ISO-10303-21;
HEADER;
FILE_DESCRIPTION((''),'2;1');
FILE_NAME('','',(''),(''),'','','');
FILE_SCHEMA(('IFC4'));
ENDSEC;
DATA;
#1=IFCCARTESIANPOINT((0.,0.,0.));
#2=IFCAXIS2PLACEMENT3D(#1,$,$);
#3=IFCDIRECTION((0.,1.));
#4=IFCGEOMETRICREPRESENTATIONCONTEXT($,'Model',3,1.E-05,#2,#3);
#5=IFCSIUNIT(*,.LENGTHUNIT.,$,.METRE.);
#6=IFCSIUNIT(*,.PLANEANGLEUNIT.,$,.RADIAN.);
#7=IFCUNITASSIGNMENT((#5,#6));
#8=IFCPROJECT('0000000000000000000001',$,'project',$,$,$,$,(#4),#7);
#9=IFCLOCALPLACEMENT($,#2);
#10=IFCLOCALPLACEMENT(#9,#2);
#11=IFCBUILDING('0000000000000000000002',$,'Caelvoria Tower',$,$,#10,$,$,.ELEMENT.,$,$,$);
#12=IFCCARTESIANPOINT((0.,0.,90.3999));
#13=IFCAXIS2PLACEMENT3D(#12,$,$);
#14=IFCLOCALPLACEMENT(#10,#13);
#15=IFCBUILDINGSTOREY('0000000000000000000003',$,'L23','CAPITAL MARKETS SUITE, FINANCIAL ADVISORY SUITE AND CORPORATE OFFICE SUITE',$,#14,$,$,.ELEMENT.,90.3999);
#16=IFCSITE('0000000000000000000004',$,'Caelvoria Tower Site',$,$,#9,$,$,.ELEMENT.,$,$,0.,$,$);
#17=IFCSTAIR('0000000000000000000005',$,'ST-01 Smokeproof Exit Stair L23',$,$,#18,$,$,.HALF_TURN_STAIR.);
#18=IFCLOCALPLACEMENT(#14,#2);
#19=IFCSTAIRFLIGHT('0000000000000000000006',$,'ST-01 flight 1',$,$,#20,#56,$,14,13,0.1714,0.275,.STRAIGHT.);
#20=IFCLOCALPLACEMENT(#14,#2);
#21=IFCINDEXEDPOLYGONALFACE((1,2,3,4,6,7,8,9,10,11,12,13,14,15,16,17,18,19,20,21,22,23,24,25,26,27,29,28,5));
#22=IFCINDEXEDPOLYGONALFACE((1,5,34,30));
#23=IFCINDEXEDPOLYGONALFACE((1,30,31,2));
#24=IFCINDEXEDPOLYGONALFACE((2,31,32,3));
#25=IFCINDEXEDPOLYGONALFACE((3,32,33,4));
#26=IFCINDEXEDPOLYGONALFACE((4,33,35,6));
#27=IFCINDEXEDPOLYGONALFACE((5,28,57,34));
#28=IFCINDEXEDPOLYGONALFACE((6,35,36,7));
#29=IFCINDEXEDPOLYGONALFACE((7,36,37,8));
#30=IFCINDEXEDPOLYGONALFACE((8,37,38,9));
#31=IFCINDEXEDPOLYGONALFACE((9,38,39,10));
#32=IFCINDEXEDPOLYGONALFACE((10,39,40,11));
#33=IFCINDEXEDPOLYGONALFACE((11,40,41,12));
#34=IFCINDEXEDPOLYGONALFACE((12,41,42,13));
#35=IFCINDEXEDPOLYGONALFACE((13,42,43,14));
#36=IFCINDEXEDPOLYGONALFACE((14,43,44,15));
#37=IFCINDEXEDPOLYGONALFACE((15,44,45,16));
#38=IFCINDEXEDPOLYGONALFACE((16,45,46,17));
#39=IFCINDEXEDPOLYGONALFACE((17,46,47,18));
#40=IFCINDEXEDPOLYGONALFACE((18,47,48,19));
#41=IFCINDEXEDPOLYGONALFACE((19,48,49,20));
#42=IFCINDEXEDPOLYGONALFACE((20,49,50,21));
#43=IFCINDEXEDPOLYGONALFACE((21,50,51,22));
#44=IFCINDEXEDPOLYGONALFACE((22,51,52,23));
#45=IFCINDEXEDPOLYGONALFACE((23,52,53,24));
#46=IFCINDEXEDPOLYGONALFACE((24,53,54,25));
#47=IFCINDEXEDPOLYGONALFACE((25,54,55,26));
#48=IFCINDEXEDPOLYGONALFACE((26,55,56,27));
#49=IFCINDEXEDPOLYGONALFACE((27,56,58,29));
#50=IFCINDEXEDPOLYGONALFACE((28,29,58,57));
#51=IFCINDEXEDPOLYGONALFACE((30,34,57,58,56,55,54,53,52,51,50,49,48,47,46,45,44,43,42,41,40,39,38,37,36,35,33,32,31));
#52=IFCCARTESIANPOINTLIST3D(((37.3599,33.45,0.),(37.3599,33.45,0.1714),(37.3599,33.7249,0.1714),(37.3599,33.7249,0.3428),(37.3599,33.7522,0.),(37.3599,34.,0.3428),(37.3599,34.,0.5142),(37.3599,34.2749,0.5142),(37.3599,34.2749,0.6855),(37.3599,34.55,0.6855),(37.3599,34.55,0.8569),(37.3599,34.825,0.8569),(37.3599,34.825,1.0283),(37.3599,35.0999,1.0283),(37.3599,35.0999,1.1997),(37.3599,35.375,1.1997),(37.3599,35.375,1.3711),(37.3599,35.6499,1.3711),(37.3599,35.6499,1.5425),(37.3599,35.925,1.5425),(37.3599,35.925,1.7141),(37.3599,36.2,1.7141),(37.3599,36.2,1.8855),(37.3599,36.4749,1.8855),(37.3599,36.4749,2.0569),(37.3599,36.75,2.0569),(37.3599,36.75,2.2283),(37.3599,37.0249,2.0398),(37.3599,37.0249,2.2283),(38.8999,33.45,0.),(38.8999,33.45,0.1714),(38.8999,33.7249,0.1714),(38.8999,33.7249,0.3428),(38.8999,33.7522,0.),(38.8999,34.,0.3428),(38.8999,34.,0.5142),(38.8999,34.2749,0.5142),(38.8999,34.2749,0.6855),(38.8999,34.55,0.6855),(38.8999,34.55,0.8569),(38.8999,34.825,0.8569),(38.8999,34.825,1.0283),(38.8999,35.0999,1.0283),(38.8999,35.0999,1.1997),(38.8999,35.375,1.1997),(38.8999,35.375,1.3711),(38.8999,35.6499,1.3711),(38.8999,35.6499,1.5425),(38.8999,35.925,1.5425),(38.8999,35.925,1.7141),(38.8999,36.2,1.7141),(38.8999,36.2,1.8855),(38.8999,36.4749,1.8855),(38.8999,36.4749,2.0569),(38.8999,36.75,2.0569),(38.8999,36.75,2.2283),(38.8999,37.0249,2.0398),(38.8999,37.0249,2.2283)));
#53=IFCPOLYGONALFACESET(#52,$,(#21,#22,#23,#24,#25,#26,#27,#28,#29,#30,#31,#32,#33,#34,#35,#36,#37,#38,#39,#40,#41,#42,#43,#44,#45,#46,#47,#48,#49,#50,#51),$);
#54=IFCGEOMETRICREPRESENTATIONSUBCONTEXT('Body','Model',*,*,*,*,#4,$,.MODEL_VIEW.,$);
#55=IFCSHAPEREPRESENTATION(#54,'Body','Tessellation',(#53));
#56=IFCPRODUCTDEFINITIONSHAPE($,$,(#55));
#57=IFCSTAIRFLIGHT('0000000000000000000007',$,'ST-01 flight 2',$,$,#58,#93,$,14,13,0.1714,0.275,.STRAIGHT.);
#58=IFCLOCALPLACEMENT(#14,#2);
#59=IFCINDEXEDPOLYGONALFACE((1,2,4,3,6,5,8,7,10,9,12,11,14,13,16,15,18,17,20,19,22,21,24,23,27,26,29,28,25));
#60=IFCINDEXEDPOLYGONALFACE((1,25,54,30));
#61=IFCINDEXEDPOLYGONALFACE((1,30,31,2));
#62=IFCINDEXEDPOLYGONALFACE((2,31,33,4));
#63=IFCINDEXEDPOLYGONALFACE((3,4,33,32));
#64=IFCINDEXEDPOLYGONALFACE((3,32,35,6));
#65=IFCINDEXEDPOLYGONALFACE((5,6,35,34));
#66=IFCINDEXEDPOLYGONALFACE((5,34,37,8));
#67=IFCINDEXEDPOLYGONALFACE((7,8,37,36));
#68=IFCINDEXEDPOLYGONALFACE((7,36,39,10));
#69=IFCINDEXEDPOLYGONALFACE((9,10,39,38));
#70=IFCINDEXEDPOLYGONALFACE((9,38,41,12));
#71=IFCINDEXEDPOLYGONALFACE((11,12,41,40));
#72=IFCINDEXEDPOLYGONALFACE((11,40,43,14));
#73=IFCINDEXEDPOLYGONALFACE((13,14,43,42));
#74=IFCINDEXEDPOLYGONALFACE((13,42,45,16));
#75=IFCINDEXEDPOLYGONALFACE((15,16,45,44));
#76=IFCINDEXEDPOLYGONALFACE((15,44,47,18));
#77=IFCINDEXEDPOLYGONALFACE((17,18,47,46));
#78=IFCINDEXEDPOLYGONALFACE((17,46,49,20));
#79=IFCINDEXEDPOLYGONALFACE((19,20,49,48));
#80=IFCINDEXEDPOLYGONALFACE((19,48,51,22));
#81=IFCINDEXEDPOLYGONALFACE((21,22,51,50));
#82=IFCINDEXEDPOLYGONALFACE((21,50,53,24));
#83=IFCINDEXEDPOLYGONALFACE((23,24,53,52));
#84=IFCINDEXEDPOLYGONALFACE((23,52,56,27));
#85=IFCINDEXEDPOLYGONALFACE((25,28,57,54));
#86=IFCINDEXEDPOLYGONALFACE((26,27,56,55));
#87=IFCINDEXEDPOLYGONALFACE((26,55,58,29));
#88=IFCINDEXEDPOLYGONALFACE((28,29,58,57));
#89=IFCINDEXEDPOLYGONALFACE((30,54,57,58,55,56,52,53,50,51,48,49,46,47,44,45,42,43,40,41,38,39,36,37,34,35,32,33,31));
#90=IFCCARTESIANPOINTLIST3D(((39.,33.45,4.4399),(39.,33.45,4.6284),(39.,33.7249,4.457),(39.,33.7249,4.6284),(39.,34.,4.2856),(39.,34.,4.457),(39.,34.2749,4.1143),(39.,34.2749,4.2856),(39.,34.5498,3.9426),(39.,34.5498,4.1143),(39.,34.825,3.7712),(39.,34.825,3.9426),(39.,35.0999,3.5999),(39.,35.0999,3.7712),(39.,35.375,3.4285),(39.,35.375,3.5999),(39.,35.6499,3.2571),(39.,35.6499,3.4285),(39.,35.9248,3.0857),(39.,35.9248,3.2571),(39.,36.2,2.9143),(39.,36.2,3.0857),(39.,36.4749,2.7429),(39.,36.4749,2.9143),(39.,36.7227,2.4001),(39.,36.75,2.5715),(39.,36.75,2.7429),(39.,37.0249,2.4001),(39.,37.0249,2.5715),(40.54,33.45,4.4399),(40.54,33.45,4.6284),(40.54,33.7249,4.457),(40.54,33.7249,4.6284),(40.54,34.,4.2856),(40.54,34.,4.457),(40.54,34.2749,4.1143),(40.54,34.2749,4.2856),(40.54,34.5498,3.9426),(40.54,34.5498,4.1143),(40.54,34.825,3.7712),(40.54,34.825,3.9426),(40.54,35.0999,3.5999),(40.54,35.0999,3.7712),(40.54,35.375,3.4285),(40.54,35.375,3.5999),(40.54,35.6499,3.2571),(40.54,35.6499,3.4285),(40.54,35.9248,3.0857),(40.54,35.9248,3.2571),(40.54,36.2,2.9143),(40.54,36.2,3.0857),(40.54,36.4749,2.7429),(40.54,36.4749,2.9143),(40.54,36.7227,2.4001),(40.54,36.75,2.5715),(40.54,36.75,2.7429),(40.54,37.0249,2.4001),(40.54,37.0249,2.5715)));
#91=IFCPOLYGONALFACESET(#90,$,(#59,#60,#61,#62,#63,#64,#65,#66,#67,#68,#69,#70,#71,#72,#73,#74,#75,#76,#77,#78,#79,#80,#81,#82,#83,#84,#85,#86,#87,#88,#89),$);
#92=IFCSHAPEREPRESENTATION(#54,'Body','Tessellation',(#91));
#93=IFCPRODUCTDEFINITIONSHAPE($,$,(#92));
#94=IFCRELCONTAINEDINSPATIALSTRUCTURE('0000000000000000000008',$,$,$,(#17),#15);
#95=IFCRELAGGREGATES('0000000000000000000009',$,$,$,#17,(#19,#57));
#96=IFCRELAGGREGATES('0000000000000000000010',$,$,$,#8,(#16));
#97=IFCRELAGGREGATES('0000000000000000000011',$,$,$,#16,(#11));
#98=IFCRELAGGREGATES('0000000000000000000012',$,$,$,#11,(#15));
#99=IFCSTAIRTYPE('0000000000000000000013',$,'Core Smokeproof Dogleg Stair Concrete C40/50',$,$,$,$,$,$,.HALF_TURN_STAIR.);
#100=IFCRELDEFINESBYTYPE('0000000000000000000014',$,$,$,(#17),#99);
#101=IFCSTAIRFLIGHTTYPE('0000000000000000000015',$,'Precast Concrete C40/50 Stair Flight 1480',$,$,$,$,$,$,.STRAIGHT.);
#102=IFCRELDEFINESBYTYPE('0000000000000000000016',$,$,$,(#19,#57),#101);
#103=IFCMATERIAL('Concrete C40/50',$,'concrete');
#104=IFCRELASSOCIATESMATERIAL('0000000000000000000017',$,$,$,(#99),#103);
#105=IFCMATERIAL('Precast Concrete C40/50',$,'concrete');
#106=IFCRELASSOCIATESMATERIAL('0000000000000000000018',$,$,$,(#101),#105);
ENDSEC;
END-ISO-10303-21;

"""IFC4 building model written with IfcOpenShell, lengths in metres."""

from ifc_helpers import new_model, si_unit, direction, frame, origin, place, context, subcontext, project, spatial, polyline, outline, extrude, material, type_object, element, aggregate, save


model = new_model("IFC4")

# Units and contexts
model_context = context("Model", 3, precision=1e-05, world=origin(), true_north=direction((0.0, 1.0)))
body_context = subcontext(model_context, "Body", "Model", "MODEL_VIEW")
ifc_project = project(units=[si_unit("LENGTHUNIT", "METRE"), si_unit("PLANEANGLEUNIT", "RADIAN")], contexts=[model_context])

# Site, building, storey
site_placement = place(None, origin())
site = spatial("IfcSite", under=ifc_project, at=site_placement, Name="Caelvoria Tower Site", CompositionType="ELEMENT", RefElevation=0.0)
building_placement = place(site_placement, origin())
building = spatial("IfcBuilding", under=site, at=building_placement, Name="Caelvoria Tower", CompositionType="ELEMENT")
storey_placement = place(building_placement, frame((0.0, 0.0, 90.3999)))
storey = spatial("IfcBuildingStorey", under=building, at=storey_placement, Name="L23", Description="CAPITAL MARKETS SUITE, FINANCIAL ADVISORY SUITE AND CORPORATE OFFICE SUITE", CompositionType="ELEMENT", Elevation=90.3999)

# Stair, stair flights
ifc_material_1 = material(Name="Concrete C40/50", Category="concrete")
stair_type = type_object("IfcStairType", Name="Core Smokeproof Dogleg Stair Concrete C40/50", PredefinedType="HALF_TURN_STAIR", material=ifc_material_1)
stair_placement = place(storey_placement, origin())
stair = element("IfcStair", 1, at=stair_placement, inside=storey, type_object=stair_type, Name="ST-01 Smokeproof Exit Stair L23", PredefinedType="HALF_TURN_STAIR")
ifc_material_2 = material(Name="Precast Concrete C40/50", Category="concrete")
stair_flight_type = type_object("IfcStairFlightType", Name="Precast Concrete C40/50 Stair Flight 1480", PredefinedType="STRAIGHT", material=ifc_material_2)
stair_flight_1_placement = place(storey_placement, frame((38.1299, 33.45, 0.0), z_axis=(0.0, 0.0, 1.0), x_axis=(0.0, 1.0, 0.0)))
stair_flight_1 = element("IfcStairFlight", 2, at=stair_flight_1_placement, type_object=stair_flight_type, Name="ST-01 flight 1", NumberOfRisers=14, NumberOfTreads=13, PredefinedType="STRAIGHT", RiserHeight=0.1714, TreadLength=0.275, context=body_context, shape_type="SweptSolid", body=[
    extrude(outline(polyline([(0.0, 0.0), (0.0, 0.1714), (0.2749, 0.1714), (0.2749, 0.3428), (0.55, 0.3428), (0.55, 0.5142), (0.825, 0.5142), (0.825, 0.6855), (1.1001, 0.6855), (1.1001, 0.8569), (1.375, 0.8569), (1.375, 1.0283), (1.6499, 1.0283), (1.6499, 1.1997), (1.925, 1.1997), (1.925, 1.3711), (2.2, 1.3711), (2.2, 1.5425), (2.4751, 1.5425), (2.4751, 1.7141), (2.75, 1.7141), (2.75, 1.8855), (3.0249, 1.8855), (3.0249, 2.0569), (3.3, 2.0569), (3.3, 2.2283), (3.575, 2.2283), (3.575, 2.3997), (3.575, 2.0398), (0.3022, 0.0), (0.0, 0.0)])), frame((0.0, 0.77, 0.0), z_axis=(0.0, -1.0, 0.0), x_axis=(1.0, 0.0, 0.0)), (0.0, 0.0, 1.0), 1.54),
])
stair_flight_2_placement = place(storey_placement, frame((39.77, 37.0249, 2.4001), z_axis=(0.0, 0.0, 1.0), x_axis=(0.0, -1.0, 0.0)))
stair_flight_2 = element("IfcStairFlight", 3, at=stair_flight_2_placement, type_object=stair_flight_type, Name="ST-01 flight 2", NumberOfRisers=14, NumberOfTreads=13, PredefinedType="STRAIGHT", RiserHeight=0.1714, TreadLength=0.275, context=body_context, shape_type="SweptSolid", body=[
    extrude(outline(polyline([(0.0, 0.0), (0.0, 0.1714), (0.2749, 0.1714), (0.2749, 0.3428), (0.55, 0.3428), (0.55, 0.5142), (0.825, 0.5142), (0.825, 0.6855), (1.1001, 0.6855), (1.1001, 0.8569), (1.375, 0.8569), (1.375, 1.0283), (1.6499, 1.0283), (1.6499, 1.1997), (1.925, 1.1997), (1.925, 1.3711), (2.2, 1.3711), (2.2, 1.5425), (2.4751, 1.5425), (2.4751, 1.7141), (2.75, 1.7141), (2.75, 1.8855), (3.0249, 1.8855), (3.0249, 2.0569), (3.3, 2.0569), (3.3, 2.2283), (3.575, 2.2283), (3.575, 2.3997), (3.575, 2.0398), (0.3022, 0.0), (0.0, 0.0)])), frame((0.0, 0.77, 0.0), z_axis=(0.0, -1.0, 0.0), x_axis=(1.0, 0.0, 0.0)), (0.0, 0.0, 1.0), 1.54),
])
aggregate(stair, [stair_flight_1, stair_flight_2])

save(model, "model.ifc")
